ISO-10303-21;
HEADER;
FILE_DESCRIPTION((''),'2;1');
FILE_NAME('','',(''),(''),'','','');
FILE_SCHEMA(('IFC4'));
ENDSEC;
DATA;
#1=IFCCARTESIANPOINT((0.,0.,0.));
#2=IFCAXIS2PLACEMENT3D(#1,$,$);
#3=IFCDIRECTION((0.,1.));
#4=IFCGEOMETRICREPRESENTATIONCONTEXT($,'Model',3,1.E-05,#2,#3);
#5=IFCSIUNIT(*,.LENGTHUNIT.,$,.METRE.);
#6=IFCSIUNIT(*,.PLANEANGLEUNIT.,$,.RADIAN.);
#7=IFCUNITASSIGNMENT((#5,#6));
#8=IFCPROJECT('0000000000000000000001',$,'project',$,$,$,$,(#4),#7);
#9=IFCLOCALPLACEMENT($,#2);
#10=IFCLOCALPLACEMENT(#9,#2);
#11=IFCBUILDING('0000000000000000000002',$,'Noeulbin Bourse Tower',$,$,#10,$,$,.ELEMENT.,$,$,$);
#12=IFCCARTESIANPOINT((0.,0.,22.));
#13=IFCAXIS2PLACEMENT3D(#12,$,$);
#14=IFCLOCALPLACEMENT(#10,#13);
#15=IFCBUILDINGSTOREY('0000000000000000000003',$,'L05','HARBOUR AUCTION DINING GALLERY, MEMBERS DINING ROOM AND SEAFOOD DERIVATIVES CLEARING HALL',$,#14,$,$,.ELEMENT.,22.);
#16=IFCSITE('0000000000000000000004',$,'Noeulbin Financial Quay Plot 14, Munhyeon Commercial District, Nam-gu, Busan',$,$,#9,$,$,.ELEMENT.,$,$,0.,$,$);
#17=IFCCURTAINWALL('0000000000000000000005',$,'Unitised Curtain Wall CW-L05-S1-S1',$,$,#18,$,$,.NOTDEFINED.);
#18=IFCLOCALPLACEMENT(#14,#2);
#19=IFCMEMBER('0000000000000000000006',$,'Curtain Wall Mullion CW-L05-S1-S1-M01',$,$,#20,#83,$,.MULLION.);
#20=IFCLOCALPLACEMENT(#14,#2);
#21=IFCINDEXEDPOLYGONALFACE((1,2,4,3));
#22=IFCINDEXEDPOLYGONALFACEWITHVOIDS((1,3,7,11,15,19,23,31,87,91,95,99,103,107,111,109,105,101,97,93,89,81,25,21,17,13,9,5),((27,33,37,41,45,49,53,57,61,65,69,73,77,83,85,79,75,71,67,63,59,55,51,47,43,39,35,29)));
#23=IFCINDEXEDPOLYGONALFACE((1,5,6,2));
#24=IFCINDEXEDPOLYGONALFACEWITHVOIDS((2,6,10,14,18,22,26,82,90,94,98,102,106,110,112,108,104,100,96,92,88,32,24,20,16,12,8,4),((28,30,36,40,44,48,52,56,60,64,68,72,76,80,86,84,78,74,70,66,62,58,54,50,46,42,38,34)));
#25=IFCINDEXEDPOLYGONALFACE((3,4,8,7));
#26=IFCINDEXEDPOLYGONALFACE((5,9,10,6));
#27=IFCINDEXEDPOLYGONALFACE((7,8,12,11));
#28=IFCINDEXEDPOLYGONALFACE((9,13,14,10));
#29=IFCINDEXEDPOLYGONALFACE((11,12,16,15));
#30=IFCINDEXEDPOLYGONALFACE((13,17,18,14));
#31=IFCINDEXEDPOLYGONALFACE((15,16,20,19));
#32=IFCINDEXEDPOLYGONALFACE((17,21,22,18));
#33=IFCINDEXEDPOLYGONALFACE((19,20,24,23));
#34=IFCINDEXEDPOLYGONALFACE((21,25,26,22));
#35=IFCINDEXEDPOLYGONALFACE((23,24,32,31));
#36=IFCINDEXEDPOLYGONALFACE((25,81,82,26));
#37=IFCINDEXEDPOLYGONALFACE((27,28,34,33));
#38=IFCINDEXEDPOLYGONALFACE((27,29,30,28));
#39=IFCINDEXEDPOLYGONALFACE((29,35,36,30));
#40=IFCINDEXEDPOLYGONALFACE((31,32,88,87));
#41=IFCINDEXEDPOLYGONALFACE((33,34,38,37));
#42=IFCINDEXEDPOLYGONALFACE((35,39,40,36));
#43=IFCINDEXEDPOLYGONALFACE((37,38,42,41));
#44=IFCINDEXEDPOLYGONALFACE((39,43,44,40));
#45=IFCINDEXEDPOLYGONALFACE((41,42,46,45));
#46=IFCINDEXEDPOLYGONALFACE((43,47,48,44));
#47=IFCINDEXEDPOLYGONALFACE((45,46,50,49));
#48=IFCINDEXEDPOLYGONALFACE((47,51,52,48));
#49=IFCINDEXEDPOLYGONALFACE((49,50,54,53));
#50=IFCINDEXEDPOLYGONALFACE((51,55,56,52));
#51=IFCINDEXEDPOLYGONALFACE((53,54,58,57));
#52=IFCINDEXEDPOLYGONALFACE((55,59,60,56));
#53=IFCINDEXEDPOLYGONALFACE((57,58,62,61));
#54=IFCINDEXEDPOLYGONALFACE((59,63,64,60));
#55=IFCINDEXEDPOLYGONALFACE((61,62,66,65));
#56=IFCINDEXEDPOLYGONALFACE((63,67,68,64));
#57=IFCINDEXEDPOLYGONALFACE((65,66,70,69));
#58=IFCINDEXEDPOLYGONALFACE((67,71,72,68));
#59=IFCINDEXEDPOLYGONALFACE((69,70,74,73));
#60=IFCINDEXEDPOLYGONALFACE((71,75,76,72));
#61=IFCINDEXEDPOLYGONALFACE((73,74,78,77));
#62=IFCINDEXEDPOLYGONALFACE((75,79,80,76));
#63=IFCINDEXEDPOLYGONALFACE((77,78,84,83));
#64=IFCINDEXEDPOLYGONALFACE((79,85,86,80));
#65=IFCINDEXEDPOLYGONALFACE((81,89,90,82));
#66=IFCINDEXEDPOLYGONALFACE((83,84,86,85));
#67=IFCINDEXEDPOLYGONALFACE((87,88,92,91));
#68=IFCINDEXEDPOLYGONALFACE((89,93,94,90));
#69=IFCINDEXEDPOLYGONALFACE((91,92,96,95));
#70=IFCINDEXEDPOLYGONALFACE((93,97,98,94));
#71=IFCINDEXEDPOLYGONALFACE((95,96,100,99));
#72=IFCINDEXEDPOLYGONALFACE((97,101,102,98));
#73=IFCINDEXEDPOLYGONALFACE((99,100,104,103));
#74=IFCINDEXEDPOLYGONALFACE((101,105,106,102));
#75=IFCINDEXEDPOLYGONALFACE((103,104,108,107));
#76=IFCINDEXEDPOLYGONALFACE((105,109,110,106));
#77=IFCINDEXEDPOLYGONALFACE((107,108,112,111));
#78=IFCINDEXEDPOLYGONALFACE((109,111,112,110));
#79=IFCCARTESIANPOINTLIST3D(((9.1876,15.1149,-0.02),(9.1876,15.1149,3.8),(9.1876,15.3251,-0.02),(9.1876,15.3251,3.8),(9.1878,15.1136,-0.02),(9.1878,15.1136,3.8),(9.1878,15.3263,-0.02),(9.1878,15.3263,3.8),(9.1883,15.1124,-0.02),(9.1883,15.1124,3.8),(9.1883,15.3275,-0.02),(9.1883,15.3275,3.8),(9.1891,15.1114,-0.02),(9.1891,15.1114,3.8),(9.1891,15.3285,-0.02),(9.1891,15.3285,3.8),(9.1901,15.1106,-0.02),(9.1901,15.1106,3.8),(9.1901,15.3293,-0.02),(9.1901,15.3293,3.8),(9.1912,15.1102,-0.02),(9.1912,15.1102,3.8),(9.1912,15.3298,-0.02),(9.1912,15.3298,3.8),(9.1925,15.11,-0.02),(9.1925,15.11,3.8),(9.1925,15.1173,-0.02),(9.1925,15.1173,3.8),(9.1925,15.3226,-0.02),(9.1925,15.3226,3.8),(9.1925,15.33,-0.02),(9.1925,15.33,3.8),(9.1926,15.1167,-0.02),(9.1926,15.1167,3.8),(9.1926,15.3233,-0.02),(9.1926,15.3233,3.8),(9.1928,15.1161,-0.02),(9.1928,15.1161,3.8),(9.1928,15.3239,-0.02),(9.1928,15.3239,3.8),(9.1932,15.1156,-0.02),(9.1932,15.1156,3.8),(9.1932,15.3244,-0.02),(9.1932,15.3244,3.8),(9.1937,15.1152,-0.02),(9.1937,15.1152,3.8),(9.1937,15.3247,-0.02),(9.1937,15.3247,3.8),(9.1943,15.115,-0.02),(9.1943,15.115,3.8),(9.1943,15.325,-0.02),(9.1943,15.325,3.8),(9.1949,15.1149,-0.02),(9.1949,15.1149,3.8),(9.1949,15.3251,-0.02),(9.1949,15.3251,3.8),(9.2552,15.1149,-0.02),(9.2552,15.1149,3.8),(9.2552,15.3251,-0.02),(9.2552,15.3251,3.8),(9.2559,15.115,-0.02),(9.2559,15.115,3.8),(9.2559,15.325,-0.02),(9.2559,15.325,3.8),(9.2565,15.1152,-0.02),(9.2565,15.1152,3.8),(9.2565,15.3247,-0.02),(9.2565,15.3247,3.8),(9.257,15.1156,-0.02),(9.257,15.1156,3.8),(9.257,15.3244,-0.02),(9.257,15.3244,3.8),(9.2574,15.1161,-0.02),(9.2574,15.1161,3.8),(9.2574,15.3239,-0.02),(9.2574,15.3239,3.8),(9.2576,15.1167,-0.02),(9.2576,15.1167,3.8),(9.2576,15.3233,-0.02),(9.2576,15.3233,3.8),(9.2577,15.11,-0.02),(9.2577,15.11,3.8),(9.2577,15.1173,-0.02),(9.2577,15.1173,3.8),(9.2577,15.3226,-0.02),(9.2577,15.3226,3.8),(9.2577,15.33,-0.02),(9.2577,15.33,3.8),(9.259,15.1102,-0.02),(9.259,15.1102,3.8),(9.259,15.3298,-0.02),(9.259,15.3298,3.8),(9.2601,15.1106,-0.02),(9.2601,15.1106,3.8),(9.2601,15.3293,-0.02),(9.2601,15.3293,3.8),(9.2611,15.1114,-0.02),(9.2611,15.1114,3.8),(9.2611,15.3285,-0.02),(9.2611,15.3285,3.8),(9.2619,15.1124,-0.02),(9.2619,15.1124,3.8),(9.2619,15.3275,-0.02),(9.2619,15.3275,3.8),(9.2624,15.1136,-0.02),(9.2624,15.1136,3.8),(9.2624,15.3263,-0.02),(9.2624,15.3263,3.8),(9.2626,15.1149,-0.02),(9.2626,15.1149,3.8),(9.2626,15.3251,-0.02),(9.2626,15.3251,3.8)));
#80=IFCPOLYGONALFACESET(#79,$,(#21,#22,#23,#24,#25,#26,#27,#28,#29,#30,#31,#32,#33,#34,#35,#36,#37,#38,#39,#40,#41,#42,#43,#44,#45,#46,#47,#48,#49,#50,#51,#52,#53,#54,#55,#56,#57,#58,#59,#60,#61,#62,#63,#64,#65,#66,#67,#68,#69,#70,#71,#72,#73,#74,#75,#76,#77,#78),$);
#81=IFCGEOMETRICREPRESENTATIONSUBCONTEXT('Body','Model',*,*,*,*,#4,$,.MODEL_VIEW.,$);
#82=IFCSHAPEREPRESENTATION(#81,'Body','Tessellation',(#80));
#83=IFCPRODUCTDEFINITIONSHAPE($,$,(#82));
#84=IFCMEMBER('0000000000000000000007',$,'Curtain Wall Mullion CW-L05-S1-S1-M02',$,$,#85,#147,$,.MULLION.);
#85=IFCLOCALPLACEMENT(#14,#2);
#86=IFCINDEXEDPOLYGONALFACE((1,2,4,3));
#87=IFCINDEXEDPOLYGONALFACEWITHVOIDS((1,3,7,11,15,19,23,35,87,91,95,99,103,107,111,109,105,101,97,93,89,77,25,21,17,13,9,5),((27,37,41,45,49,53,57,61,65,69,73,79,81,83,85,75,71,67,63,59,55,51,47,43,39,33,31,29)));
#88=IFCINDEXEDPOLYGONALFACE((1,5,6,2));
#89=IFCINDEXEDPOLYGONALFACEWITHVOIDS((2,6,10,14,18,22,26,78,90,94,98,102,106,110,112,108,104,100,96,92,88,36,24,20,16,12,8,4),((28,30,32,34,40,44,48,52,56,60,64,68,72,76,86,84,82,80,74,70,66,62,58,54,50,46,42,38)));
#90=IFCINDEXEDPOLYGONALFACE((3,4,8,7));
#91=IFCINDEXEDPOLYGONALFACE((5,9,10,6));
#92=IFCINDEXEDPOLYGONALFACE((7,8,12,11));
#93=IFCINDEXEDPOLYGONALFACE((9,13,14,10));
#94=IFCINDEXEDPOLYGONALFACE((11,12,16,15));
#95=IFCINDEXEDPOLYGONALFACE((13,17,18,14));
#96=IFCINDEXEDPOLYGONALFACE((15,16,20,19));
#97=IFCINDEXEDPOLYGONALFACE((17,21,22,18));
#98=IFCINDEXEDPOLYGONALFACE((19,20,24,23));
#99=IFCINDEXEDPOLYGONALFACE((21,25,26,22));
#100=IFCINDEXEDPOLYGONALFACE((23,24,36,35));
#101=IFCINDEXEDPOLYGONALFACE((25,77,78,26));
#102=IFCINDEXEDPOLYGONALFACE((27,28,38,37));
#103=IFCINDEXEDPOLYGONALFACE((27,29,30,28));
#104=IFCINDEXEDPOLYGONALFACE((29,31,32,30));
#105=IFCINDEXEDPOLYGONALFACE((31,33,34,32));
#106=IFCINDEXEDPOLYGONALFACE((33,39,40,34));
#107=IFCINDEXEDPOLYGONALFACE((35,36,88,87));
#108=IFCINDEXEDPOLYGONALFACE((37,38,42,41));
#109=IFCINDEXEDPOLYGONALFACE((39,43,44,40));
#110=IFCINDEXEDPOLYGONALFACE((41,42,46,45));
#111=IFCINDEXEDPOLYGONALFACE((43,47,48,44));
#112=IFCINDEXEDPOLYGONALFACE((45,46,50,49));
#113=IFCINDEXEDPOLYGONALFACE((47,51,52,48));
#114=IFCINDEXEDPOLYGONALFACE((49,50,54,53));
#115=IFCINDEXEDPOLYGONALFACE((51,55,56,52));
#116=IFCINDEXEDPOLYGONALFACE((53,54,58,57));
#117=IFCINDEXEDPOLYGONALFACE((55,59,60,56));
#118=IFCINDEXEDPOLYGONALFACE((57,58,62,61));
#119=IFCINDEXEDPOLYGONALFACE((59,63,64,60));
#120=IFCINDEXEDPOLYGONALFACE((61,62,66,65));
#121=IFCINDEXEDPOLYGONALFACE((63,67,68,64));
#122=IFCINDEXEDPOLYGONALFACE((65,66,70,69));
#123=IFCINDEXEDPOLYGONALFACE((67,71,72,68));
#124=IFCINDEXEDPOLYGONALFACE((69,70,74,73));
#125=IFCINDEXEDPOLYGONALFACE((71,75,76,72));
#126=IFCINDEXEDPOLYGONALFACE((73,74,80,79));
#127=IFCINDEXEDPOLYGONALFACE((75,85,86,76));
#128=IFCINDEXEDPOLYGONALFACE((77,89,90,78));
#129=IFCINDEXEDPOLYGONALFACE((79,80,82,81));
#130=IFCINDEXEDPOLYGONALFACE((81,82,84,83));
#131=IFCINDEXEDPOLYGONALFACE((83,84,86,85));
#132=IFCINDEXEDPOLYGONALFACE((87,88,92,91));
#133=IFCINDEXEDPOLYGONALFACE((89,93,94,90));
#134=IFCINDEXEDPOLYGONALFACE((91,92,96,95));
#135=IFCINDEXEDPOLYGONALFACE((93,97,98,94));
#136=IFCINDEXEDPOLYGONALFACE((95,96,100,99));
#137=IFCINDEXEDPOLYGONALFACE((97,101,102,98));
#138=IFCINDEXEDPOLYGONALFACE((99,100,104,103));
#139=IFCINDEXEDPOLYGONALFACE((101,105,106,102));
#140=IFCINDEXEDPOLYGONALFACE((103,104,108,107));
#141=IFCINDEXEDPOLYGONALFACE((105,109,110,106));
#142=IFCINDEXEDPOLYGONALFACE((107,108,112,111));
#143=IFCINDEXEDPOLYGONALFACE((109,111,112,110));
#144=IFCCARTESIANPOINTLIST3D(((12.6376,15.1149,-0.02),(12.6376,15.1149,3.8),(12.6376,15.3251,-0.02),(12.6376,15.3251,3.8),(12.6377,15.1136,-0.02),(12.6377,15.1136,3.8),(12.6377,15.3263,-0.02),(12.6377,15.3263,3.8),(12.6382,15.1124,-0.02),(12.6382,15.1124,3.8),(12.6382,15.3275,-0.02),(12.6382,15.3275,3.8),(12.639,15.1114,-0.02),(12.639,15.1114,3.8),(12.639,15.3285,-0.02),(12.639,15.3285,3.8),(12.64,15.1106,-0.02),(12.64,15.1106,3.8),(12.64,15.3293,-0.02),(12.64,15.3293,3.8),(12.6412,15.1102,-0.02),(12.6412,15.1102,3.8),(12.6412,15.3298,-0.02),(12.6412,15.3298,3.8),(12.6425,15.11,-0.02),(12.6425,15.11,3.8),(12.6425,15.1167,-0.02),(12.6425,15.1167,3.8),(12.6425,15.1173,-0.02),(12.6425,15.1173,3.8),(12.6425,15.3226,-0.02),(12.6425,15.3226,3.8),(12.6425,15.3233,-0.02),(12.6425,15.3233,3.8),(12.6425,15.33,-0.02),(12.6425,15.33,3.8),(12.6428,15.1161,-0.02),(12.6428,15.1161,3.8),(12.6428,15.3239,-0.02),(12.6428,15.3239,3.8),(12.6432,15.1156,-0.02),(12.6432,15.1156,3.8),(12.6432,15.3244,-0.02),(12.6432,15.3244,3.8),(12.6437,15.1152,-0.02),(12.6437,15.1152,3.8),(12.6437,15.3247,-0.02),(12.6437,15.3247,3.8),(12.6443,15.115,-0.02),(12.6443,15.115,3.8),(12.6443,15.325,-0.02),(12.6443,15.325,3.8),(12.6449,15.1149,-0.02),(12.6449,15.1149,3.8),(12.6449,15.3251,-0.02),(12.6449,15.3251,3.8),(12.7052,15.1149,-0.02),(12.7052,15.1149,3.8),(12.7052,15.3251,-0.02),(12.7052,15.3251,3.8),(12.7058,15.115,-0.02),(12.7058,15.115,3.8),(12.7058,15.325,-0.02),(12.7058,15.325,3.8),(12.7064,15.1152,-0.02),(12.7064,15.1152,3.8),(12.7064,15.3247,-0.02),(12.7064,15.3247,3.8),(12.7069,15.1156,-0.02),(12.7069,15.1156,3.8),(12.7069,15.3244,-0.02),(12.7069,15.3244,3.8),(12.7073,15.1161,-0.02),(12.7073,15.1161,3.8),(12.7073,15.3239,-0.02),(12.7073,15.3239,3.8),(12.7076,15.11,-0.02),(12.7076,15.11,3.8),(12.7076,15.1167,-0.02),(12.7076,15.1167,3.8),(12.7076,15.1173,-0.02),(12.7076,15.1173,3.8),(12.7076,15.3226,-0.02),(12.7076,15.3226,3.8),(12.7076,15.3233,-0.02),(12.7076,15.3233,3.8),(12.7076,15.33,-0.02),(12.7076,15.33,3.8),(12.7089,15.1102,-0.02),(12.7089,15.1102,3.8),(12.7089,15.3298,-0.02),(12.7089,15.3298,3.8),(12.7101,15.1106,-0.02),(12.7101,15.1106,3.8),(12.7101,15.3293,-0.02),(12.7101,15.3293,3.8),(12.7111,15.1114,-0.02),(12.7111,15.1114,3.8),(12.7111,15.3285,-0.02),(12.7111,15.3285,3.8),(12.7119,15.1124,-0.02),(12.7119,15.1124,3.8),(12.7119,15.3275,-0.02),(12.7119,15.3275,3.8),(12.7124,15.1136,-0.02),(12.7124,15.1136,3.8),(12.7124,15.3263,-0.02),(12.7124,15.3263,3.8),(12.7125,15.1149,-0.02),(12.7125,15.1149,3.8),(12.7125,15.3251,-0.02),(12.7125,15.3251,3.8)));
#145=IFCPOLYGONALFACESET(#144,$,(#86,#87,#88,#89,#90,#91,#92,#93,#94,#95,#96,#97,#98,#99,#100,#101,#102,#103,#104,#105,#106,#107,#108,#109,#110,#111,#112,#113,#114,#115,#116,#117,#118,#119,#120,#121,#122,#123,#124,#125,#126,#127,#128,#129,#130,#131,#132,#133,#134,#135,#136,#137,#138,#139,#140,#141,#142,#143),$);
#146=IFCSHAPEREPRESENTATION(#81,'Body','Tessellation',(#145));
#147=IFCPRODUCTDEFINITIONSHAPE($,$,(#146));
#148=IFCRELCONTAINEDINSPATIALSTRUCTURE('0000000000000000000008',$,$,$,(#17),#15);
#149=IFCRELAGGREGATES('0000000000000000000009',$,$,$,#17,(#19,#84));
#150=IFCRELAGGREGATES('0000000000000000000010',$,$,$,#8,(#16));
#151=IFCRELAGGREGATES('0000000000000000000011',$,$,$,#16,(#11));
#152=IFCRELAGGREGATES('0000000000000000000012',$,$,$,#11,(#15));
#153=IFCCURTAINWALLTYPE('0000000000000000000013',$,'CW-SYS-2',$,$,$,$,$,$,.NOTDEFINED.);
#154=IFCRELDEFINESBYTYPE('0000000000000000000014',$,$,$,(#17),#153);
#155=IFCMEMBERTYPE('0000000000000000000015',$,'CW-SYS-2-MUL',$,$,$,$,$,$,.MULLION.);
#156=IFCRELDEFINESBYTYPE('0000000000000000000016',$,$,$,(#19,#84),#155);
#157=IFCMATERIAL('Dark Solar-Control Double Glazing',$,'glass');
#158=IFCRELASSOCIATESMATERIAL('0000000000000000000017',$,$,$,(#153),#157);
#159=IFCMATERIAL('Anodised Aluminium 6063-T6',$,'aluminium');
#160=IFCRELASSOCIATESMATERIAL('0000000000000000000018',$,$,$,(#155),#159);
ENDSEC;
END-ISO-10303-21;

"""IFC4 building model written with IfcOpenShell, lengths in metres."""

from ifc_helpers import new_model, si_unit, direction, frame, origin, origin_2d, place, context, subcontext, project, spatial, hollow_rectangle, extrude, material, material_profile, profile_set, type_object, element, aggregate, save


model = new_model("IFC4")

# Units and contexts
model_context = context("Model", 3, precision=1e-05, world=origin(), true_north=direction((0.0, 1.0)))
body_context = subcontext(model_context, "Body", "Model", "MODEL_VIEW")
ifc_project = project(units=[si_unit("LENGTHUNIT", "METRE"), si_unit("PLANEANGLEUNIT", "RADIAN")], contexts=[model_context])

# Site, building, storey
site_placement = place(None, origin())
site = spatial("IfcSite", under=ifc_project, at=site_placement, Name="Noeulbin Financial Quay Plot 14, Munhyeon Commercial District, Nam-gu, Busan", CompositionType="ELEMENT", RefElevation=0.0)
building_placement = place(site_placement, origin())
building = spatial("IfcBuilding", under=site, at=building_placement, Name="Noeulbin Bourse Tower", CompositionType="ELEMENT")
storey_placement = place(building_placement, frame((0.0, 0.0, 22.0)))
storey = spatial("IfcBuildingStorey", under=building, at=storey_placement, Name="L05", Description="HARBOUR AUCTION DINING GALLERY, MEMBERS DINING ROOM AND SEAFOOD DERIVATIVES CLEARING HALL", CompositionType="ELEMENT", Elevation=22.0)

# Curtain wall, members
ifc_material_1 = material(Name="Dark Solar-Control Double Glazing", Category="glass")
curtain_wall_type = type_object("IfcCurtainWallType", Name="CW-SYS-2", PredefinedType="NOTDEFINED", material=ifc_material_1)
curtain_wall_1_placement = place(storey_placement, origin())
curtain_wall_1 = element("IfcCurtainWall", 1, at=curtain_wall_1_placement, inside=storey, type_object=curtain_wall_type, Name="Unitised Curtain Wall CW-L05-S1-S1", PredefinedType="NOTDEFINED")
ifc_material_2 = material(Name="Anodised Aluminium 6063-T6", Category="aluminium")
ifc_material_profile_1 = material_profile(ifc_material_2, hollow_rectangle(XDim=0.075, YDim=0.22, WallThickness=0.0049, InnerFilletRadius=0.0024, OuterFilletRadius=0.0049, at=origin_2d()), Name="ALU-MULL-75x220x5", Category="LoadBearing")
ifc_profile_set_1 = profile_set([ifc_material_profile_1], Name="Anodised Aluminium 6063-T6")
member_type_1 = type_object("IfcMemberType", Name="CW-SYS-2-MUL", PredefinedType="MULLION", material=ifc_profile_set_1)
member_1_placement = place(storey_placement, frame((9.2251, 15.22, -0.02), z_axis=(0.0, 0.0, 1.0), x_axis=(1.0, 0.0, 0.0)))
member_1 = element("IfcMember", 2, at=member_1_placement, type_object=member_type_1, Name="Curtain Wall Mullion CW-L05-S1-S1-M01", PredefinedType="MULLION", context=body_context, shape_type="SweptSolid", body=[
    extrude(hollow_rectangle(XDim=0.075, YDim=0.22, WallThickness=0.0049, InnerFilletRadius=0.0024, OuterFilletRadius=0.0049, at=origin_2d()), origin(), (0.0, 0.0, 1.0), 3.8201),
])
member_2_placement = place(storey_placement, frame((12.675, 15.22, -0.02), z_axis=(0.0, 0.0, 1.0), x_axis=(1.0, 0.0, 0.0)))
member_2 = element("IfcMember", 3, at=member_2_placement, type_object=member_type_1, Name="Curtain Wall Mullion CW-L05-S1-S1-M02", PredefinedType="MULLION", context=body_context, shape_type="SweptSolid", body=[
    extrude(hollow_rectangle(XDim=0.075, YDim=0.22, WallThickness=0.0049, InnerFilletRadius=0.0024, OuterFilletRadius=0.0049, at=origin_2d()), origin(), (0.0, 0.0, 1.0), 3.8201),
])

aggregate(curtain_wall_1, [member_1, member_2])

save(model, "model.ifc")
